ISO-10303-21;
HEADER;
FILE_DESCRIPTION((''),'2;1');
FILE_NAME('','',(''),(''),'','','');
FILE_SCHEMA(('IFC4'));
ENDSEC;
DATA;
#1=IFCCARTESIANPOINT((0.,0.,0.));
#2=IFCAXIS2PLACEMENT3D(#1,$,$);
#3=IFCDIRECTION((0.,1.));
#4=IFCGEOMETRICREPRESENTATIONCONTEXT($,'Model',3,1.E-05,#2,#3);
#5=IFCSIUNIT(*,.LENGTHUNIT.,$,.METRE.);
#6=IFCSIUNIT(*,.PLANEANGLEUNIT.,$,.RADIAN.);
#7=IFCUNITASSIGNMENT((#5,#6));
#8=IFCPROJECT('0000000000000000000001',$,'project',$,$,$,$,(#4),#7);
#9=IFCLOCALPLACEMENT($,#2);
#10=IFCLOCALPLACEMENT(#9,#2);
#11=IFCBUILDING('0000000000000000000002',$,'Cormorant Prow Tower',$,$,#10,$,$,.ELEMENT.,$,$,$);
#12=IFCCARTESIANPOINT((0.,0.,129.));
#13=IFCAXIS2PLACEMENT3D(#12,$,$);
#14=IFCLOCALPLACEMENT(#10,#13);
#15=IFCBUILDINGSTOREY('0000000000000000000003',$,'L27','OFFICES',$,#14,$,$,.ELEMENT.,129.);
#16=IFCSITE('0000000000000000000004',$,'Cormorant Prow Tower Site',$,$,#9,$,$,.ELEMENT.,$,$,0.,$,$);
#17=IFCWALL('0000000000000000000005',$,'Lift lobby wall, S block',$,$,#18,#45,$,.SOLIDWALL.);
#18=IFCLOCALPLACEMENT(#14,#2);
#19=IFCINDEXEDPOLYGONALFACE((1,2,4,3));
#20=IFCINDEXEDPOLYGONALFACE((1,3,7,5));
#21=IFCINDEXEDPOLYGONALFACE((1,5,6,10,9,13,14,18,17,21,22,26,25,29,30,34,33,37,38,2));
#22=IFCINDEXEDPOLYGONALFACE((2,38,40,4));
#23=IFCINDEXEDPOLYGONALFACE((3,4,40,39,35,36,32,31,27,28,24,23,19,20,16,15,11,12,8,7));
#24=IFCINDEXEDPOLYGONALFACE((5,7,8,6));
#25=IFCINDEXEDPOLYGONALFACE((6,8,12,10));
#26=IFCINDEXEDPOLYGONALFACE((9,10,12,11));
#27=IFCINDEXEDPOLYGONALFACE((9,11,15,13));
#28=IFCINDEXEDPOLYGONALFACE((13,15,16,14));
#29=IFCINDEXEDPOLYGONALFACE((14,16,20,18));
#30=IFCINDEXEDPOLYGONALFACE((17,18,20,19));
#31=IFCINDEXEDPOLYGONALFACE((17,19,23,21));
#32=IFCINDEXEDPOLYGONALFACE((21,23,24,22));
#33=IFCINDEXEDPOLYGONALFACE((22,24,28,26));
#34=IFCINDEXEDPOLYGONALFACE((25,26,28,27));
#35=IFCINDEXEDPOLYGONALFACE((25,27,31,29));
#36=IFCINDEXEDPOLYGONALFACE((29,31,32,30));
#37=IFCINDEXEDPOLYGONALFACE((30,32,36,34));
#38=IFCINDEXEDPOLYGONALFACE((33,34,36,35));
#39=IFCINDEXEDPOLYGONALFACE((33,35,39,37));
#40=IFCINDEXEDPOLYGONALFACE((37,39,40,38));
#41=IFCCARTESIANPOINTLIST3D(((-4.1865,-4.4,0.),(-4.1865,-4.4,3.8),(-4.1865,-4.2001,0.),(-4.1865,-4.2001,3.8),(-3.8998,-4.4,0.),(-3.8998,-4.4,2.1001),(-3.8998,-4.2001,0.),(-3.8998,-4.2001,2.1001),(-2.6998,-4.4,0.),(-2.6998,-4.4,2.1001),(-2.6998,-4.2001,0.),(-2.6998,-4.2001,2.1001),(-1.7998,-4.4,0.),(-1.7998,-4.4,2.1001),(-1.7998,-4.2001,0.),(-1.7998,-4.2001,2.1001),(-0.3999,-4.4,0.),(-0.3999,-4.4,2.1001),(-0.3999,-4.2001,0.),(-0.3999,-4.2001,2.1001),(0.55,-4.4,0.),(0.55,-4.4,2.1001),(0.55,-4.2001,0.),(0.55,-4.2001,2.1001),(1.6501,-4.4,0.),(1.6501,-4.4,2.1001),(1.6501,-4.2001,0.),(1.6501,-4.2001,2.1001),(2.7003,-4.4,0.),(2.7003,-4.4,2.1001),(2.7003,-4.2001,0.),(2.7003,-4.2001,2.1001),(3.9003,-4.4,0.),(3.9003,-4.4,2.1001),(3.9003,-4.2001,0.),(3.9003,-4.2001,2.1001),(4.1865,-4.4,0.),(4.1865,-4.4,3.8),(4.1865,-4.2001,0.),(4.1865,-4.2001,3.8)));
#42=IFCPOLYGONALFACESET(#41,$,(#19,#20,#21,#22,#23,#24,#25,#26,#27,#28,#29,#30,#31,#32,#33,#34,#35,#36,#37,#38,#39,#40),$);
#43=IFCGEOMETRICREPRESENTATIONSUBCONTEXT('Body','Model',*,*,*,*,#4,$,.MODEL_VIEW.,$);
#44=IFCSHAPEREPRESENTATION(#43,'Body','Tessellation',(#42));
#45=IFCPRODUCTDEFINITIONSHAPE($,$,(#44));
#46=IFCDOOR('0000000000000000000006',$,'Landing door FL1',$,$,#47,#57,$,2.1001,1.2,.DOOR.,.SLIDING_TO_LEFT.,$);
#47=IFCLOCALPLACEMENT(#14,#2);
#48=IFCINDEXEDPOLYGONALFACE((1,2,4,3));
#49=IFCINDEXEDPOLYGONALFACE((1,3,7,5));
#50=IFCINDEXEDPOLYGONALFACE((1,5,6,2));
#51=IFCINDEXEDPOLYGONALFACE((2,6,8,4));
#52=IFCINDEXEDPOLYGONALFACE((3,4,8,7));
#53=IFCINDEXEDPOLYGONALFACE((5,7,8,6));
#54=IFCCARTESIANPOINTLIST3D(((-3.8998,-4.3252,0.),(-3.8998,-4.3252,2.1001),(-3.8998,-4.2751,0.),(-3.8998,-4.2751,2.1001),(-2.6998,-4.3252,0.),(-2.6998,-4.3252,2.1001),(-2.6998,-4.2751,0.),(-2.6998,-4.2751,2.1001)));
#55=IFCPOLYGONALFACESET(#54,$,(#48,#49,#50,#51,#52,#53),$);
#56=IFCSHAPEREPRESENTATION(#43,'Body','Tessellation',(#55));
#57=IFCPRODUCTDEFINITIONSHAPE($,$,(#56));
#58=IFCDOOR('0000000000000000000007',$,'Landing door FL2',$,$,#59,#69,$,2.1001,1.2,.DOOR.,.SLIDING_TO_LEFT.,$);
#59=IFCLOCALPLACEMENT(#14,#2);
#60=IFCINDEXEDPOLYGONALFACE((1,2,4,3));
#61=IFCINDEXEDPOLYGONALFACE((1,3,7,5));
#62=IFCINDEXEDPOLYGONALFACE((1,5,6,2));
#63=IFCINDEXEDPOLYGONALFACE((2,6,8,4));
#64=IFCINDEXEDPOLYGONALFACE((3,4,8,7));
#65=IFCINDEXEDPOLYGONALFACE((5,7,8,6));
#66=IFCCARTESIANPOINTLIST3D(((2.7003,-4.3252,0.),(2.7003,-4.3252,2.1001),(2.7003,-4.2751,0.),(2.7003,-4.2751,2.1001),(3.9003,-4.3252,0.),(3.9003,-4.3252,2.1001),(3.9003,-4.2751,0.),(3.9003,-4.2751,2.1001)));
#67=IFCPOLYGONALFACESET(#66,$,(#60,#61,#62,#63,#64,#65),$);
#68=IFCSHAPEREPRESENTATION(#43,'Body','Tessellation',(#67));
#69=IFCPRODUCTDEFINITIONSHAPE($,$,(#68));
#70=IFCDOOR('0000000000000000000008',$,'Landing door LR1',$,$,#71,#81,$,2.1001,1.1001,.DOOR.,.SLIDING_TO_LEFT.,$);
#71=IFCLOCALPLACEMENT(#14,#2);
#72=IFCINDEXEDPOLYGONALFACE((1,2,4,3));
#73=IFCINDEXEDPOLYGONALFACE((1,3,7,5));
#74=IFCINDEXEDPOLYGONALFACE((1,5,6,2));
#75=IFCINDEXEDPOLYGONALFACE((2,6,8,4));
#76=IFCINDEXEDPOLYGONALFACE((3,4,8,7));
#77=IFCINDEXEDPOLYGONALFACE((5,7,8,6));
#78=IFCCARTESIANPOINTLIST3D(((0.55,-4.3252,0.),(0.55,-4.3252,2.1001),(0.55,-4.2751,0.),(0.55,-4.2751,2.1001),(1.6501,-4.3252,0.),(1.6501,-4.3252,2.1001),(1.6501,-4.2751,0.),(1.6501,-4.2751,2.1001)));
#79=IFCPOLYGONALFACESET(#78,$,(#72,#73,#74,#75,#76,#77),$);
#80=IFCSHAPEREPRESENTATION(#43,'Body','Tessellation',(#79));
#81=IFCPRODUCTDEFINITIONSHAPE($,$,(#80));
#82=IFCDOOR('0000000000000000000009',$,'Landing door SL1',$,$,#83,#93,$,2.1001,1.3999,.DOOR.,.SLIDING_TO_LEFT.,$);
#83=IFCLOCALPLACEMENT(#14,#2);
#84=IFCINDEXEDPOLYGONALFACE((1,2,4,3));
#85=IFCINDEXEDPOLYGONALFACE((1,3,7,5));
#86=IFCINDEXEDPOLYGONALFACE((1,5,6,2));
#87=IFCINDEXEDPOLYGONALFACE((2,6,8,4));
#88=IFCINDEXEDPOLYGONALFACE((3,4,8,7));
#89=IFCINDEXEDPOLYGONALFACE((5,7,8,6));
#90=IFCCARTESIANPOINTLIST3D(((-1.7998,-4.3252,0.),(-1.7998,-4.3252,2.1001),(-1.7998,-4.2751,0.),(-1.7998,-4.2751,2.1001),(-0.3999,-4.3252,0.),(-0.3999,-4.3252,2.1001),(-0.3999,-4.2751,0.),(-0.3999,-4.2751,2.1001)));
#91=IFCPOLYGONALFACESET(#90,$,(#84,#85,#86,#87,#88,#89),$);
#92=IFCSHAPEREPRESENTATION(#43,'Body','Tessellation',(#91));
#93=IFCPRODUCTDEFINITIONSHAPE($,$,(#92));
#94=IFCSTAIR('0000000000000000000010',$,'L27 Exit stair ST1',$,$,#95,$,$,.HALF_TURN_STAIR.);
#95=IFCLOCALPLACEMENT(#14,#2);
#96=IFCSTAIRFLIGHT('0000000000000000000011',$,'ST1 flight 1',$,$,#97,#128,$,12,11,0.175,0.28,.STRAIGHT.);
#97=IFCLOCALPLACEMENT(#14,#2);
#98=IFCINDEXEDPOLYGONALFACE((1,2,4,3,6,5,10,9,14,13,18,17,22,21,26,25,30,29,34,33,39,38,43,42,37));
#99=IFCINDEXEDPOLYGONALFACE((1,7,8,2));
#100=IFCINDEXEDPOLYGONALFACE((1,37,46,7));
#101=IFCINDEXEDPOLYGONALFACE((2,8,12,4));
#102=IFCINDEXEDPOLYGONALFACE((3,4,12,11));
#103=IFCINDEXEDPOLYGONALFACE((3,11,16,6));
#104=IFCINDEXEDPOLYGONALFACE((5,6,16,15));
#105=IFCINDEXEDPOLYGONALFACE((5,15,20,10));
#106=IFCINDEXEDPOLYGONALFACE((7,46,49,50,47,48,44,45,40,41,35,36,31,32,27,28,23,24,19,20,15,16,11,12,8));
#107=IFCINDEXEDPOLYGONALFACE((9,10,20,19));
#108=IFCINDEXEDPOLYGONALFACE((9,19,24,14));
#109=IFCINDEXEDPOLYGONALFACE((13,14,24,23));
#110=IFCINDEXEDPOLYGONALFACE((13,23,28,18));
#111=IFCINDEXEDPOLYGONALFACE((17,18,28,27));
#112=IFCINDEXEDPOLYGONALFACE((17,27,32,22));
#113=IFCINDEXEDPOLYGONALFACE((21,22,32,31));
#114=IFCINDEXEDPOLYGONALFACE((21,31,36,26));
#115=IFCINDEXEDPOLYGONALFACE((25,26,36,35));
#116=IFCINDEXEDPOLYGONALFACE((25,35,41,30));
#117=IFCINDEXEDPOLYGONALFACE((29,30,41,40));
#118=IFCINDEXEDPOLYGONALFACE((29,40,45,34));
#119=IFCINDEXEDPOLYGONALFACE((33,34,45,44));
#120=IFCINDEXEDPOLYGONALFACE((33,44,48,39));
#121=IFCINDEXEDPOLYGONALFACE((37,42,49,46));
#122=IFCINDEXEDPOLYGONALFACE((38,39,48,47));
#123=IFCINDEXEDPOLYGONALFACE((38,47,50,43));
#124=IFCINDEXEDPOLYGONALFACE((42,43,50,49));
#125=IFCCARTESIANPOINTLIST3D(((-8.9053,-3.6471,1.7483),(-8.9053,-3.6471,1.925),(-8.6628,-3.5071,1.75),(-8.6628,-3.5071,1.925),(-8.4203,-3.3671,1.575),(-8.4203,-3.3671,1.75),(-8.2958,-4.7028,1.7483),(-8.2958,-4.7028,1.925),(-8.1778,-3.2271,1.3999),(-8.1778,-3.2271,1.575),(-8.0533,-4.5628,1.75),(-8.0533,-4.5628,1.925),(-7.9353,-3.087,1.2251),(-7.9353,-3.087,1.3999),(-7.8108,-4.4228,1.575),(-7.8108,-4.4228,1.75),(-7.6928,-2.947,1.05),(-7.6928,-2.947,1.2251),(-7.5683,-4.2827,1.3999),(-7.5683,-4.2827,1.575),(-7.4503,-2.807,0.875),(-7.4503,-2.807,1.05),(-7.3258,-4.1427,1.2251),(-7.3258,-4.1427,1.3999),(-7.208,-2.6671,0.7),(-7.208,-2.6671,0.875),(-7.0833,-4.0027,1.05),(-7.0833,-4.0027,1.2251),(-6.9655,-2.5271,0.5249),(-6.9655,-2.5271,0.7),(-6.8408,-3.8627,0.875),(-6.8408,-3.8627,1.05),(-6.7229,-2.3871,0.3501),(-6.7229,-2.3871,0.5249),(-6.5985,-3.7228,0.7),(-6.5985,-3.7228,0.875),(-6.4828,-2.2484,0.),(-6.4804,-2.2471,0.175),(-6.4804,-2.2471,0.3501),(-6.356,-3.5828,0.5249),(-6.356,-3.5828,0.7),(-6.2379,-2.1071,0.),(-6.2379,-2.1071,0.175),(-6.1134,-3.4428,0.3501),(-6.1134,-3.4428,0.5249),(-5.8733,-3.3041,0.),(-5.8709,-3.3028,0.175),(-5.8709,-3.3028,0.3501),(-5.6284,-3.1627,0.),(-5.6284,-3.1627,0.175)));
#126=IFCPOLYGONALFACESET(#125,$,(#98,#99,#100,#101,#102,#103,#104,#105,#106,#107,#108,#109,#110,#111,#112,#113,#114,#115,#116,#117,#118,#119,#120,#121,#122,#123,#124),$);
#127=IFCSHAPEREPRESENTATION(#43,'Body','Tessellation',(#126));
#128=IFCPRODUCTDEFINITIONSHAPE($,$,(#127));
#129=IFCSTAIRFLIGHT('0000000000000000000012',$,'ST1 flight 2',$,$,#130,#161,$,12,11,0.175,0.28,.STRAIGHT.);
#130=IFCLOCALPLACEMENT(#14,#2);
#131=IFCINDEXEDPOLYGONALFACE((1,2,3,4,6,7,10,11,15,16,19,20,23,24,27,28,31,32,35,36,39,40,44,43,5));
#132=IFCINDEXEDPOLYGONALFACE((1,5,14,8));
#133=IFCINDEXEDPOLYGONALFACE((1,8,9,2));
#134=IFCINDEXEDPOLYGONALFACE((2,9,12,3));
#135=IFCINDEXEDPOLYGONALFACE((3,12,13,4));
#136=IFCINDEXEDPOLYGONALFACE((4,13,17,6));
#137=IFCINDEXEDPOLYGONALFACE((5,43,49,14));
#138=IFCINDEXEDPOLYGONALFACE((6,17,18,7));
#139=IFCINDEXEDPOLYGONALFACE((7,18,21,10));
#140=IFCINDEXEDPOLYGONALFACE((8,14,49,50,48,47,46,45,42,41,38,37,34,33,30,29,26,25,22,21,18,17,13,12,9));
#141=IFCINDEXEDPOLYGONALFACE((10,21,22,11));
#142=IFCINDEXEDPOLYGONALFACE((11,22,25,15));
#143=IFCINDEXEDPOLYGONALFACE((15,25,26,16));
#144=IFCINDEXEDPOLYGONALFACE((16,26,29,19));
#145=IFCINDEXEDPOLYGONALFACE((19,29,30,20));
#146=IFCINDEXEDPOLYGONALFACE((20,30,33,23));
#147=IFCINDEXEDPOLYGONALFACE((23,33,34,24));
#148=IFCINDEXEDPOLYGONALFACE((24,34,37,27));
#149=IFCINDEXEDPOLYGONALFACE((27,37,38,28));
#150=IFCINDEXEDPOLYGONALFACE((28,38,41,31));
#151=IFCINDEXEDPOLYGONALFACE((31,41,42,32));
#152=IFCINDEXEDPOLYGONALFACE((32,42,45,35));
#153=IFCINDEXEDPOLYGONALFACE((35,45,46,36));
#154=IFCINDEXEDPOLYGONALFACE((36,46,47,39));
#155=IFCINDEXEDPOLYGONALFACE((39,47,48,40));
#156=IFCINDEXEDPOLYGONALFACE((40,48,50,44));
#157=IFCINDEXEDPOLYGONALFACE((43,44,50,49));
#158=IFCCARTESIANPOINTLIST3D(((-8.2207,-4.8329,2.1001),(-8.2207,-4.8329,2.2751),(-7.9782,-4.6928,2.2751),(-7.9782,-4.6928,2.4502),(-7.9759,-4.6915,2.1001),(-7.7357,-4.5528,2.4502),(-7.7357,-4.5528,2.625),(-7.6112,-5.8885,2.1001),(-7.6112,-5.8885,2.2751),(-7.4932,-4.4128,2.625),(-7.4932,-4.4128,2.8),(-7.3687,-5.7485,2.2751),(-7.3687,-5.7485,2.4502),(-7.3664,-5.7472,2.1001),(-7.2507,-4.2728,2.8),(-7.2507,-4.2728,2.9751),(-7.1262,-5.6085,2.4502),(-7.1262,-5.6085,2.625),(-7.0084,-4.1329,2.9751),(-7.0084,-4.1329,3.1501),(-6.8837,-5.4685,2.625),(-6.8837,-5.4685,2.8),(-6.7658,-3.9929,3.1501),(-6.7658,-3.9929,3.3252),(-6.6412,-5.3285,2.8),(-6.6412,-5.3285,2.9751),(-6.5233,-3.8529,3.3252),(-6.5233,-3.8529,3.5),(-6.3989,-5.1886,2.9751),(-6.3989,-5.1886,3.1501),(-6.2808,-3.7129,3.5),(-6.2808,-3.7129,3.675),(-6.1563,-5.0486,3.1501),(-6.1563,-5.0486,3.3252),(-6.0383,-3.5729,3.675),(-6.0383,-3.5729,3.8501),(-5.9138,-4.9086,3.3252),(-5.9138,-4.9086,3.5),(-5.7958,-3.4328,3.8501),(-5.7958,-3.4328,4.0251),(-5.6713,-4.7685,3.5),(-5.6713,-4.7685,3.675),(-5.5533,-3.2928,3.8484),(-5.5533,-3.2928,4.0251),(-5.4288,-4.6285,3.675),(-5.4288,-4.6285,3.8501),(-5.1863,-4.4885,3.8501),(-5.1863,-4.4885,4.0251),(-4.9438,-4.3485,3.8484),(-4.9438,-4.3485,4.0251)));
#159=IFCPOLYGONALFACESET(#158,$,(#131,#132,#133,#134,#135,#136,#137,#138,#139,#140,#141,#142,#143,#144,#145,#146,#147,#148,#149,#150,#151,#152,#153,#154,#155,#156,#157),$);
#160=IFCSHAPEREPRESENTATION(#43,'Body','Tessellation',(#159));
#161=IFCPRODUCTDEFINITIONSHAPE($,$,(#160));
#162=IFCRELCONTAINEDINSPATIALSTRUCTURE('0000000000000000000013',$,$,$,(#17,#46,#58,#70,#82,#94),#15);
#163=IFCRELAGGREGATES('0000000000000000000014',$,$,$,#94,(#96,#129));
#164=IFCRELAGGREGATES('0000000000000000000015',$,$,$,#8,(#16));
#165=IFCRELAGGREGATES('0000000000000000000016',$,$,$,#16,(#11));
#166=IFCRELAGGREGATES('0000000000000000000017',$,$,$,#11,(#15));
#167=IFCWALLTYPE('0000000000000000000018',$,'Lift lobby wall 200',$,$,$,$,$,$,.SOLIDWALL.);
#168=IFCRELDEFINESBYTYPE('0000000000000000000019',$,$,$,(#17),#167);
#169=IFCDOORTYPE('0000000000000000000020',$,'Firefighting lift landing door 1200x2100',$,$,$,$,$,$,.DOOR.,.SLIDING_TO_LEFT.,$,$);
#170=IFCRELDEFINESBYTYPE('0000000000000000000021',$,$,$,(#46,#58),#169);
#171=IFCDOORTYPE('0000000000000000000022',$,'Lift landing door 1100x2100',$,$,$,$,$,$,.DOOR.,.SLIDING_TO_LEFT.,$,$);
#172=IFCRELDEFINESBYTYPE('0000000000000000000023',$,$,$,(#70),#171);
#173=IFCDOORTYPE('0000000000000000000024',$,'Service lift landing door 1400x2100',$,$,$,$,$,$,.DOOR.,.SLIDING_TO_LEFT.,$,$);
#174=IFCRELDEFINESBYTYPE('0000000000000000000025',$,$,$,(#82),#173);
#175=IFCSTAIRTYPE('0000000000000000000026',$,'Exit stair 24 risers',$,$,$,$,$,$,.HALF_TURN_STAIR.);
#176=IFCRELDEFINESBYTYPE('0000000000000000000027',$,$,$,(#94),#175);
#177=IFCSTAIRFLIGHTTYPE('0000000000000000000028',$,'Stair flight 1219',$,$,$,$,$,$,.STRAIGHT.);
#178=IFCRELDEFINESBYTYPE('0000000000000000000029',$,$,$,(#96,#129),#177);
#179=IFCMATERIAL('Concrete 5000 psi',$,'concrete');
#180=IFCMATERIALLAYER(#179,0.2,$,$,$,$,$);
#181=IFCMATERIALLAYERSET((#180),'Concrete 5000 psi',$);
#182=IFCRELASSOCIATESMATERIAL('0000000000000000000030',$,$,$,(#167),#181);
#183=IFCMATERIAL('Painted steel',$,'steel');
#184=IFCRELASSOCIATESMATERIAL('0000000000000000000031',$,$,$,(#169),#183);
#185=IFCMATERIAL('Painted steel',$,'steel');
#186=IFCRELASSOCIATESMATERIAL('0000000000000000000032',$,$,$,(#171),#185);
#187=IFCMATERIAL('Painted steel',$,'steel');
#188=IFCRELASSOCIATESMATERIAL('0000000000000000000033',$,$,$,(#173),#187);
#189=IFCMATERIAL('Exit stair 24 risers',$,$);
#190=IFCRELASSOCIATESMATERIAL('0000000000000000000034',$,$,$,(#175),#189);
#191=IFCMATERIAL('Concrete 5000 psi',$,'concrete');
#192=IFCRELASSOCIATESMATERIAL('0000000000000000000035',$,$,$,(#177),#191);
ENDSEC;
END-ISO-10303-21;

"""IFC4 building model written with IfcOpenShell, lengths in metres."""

from ifc_helpers import new_model, si_unit, direction, frame, frame_2d, origin, place, context, subcontext, project, spatial, polyline, rectangle, outline, extrude, material, layer, layer_set, type_object, element, fill, aggregate, save


model = new_model("IFC4")

# Units and contexts
model_context = context("Model", 3, precision=1e-05, world=origin(), true_north=direction((0.0, 1.0)))
body_context = subcontext(model_context, "Body", "Model", "MODEL_VIEW")
ifc_project = project(units=[si_unit("LENGTHUNIT", "METRE"), si_unit("PLANEANGLEUNIT", "RADIAN")], contexts=[model_context])

# Site, building, storey
site_placement = place(None, origin())
site = spatial("IfcSite", under=ifc_project, at=site_placement, Name="Cormorant Prow Tower Site", CompositionType="ELEMENT", RefElevation=0.0)
building_placement = place(site_placement, origin())
building = spatial("IfcBuilding", under=site, at=building_placement, Name="Cormorant Prow Tower", CompositionType="ELEMENT")
storey_placement = place(building_placement, frame((0.0, 0.0, 129.0)))
storey = spatial("IfcBuildingStorey", under=building, at=storey_placement, Name="L27", Description="OFFICES", CompositionType="ELEMENT", Elevation=129.0)

# Wall, openings, doors
ifc_material_1 = material(Name="Concrete 5000 psi", Category="concrete")
ifc_layer_1 = layer(ifc_material_1, 0.2)
ifc_layer_set_1 = layer_set([ifc_layer_1], Name="Concrete 5000 psi")
wall_type_1 = type_object("IfcWallType", Name="Lift lobby wall 200", PredefinedType="SOLIDWALL", material=ifc_layer_set_1)
wall_1_placement = place(storey_placement, frame((-4.1865, -4.3, 0.0), z_axis=(0.0, 0.0, 1.0), x_axis=(1.0, 0.0, 0.0)))
wall_1 = element("IfcWall", 1, at=wall_1_placement, inside=storey, type_object=wall_type_1, Name="Lift lobby wall, S block", PredefinedType="SOLIDWALL", context=body_context, shape_type="SweptSolid", body=[
    extrude(rectangle(XDim=8.373, YDim=0.2, at=frame_2d((4.1865, 0.0))), origin(), (0.0, 0.0, 1.0), 3.8),
])
opening_1_placement = place(wall_1_placement, frame((0.2866, 0.0, 0.0)))
opening_1 = element("IfcOpeningElement", 2, at=opening_1_placement, cuts=wall_1, PredefinedType="OPENING", context=body_context, shape_type="SweptSolid", body=[
    extrude(rectangle(XDim=1.2, YDim=2.1001, at=frame_2d((0.6001, 1.05))), frame((0.0, 0.1099, 0.0), z_axis=(0.0, -1.0, 0.0), x_axis=(1.0, 0.0, 0.0)), (0.0, 0.0, 1.0), 0.22),
])
opening_2_placement = place(wall_1_placement, frame((2.3867, 0.0, 0.0)))
opening_2 = element("IfcOpeningElement", 3, at=opening_2_placement, cuts=wall_1, PredefinedType="OPENING", context=body_context, shape_type="SweptSolid", body=[
    extrude(rectangle(XDim=1.3999, YDim=2.1001, at=frame_2d((0.7, 1.05))), frame((0.0, 0.1099, 0.0), z_axis=(0.0, -1.0, 0.0), x_axis=(1.0, 0.0, 0.0)), (0.0, 0.0, 1.0), 0.22),
])
opening_3_placement = place(wall_1_placement, frame((4.7366, 0.0, 0.0)))
opening_3 = element("IfcOpeningElement", 4, at=opening_3_placement, cuts=wall_1, PredefinedType="OPENING", context=body_context, shape_type="SweptSolid", body=[
    extrude(rectangle(XDim=1.1001, YDim=2.1001, at=frame_2d((0.55, 1.05))), frame((0.0, 0.1099, 0.0), z_axis=(0.0, -1.0, 0.0), x_axis=(1.0, 0.0, 0.0)), (0.0, 0.0, 1.0), 0.22),
])
opening_4_placement = place(wall_1_placement, frame((6.8867, 0.0, 0.0)))
opening_4 = element("IfcOpeningElement", 5, at=opening_4_placement, cuts=wall_1, PredefinedType="OPENING", context=body_context, shape_type="SweptSolid", body=[
    extrude(rectangle(XDim=1.2, YDim=2.1001, at=frame_2d((0.6001, 1.05))), frame((0.0, 0.1099, 0.0), z_axis=(0.0, -1.0, 0.0), x_axis=(1.0, 0.0, 0.0)), (0.0, 0.0, 1.0), 0.22),
])
ifc_material_2 = material(Name="Painted steel", Category="steel")
door_type_1 = type_object("IfcDoorType", Name="Firefighting lift landing door 1200x2100", OperationType="SLIDING_TO_LEFT", PredefinedType="DOOR", material=ifc_material_2)
door_1_placement = place(opening_1_placement, origin())
door_1 = element("IfcDoor", 6, at=door_1_placement, inside=storey, type_object=door_type_1, Name="Landing door FL1", OperationType="SLIDING_TO_LEFT", OverallHeight=2.1001, OverallWidth=1.2, PredefinedType="DOOR", context=body_context, shape_type="SweptSolid", body=[
    extrude(rectangle(XDim=1.2, YDim=2.1001, at=frame_2d((0.6001, 1.05))), frame((0.0, 0.0249, 0.0), z_axis=(0.0, -1.0, 0.0), x_axis=(1.0, 0.0, 0.0)), (0.0, 0.0, 1.0), 0.05),
])
fill(opening_1, door_1)
door_2_placement = place(opening_4_placement, origin())
door_2 = element("IfcDoor", 7, at=door_2_placement, inside=storey, type_object=door_type_1, Name="Landing door FL2", OperationType="SLIDING_TO_LEFT", OverallHeight=2.1001, OverallWidth=1.2, PredefinedType="DOOR", context=body_context, shape_type="SweptSolid", body=[
    extrude(rectangle(XDim=1.2, YDim=2.1001, at=frame_2d((0.6001, 1.05))), frame((0.0, 0.0249, 0.0), z_axis=(0.0, -1.0, 0.0), x_axis=(1.0, 0.0, 0.0)), (0.0, 0.0, 1.0), 0.05),
])
fill(opening_4, door_2)
ifc_material_3 = material(Name="Painted steel", Category="steel")
door_type_2 = type_object("IfcDoorType", Name="Lift landing door 1100x2100", OperationType="SLIDING_TO_LEFT", PredefinedType="DOOR", material=ifc_material_3)
door_3_placement = place(opening_3_placement, origin())
door_3 = element("IfcDoor", 8, at=door_3_placement, inside=storey, type_object=door_type_2, Name="Landing door LR1", OperationType="SLIDING_TO_LEFT", OverallHeight=2.1001, OverallWidth=1.1001, PredefinedType="DOOR", context=body_context, shape_type="SweptSolid", body=[
    extrude(rectangle(XDim=1.1001, YDim=2.1001, at=frame_2d((0.55, 1.05))), frame((0.0, 0.0249, 0.0), z_axis=(0.0, -1.0, 0.0), x_axis=(1.0, 0.0, 0.0)), (0.0, 0.0, 1.0), 0.05),
])
fill(opening_3, door_3)
ifc_material_4 = material(Name="Painted steel", Category="steel")
door_type_3 = type_object("IfcDoorType", Name="Service lift landing door 1400x2100", OperationType="SLIDING_TO_LEFT", PredefinedType="DOOR", material=ifc_material_4)
door_4_placement = place(opening_2_placement, origin())
door_4 = element("IfcDoor", 9, at=door_4_placement, inside=storey, type_object=door_type_3, Name="Landing door SL1", OperationType="SLIDING_TO_LEFT", OverallHeight=2.1001, OverallWidth=1.3999, PredefinedType="DOOR", context=body_context, shape_type="SweptSolid", body=[
    extrude(rectangle(XDim=1.3999, YDim=2.1001, at=frame_2d((0.7, 1.05))), frame((0.0, 0.0249, 0.0), z_axis=(0.0, -1.0, 0.0), x_axis=(1.0, 0.0, 0.0)), (0.0, 0.0, 1.0), 0.05),
])
fill(opening_2, door_4)

# Stair, stair flights
ifc_material_5 = material(Name="Exit stair 24 risers")
stair_type = type_object("IfcStairType", Name="Exit stair 24 risers", PredefinedType="HALF_TURN_STAIR", material=ifc_material_5)
stair_placement = place(storey_placement, origin())
stair = element("IfcStair", 10, at=stair_placement, inside=storey, type_object=stair_type, Name="L27 Exit stair ST1", PredefinedType="HALF_TURN_STAIR")
ifc_material_6 = material(Name="Concrete 5000 psi", Category="concrete")
stair_flight_type = type_object("IfcStairFlightType", Name="Stair flight 1219", PredefinedType="STRAIGHT", material=ifc_material_6)
stair_flight_1_placement = place(storey_placement, frame((-5.9331, -2.635, 0.0), z_axis=(0.0, 0.0, 1.0), x_axis=(-0.866025, -0.5, 0.0)))
stair_flight_1 = element("IfcStairFlight", 11, at=stair_flight_1_placement, type_object=stair_flight_type, Name="ST1 flight 1", NumberOfRisers=12, NumberOfTreads=11, PredefinedType="STRAIGHT", RiserHeight=0.175, TreadLength=0.28, context=body_context, shape_type="SweptSolid", body=[
    extrude(outline(polyline([(0.0, 0.0), (0.0, 0.175), (0.28, 0.175), (0.28, 0.3501), (0.5601, 0.3501), (0.5601, 0.5249), (0.8401, 0.5249), (0.8401, 0.7), (1.1201, 0.7), (1.1201, 0.875), (1.3999, 0.875), (1.3999, 1.05), (1.6799, 1.05), (1.6799, 1.2251), (1.96, 1.2251), (1.96, 1.3999), (2.24, 1.3999), (2.24, 1.575), (2.52, 1.575), (2.52, 1.75), (2.8, 1.75), (2.8, 1.925), (3.0801, 1.925), (3.0801, 2.1001), (3.0801, 1.7483), (0.2827, 0.0), (0.0, 0.0)])), frame((0.0, 0.6094, 0.0), z_axis=(0.0, -1.0, 0.0), x_axis=(1.0, 0.0, 0.0)), (0.0, 0.0, 1.0), 1.219),
])
stair_flight_2_placement = place(storey_placement, frame((-7.916, -5.3606, 2.1001), z_axis=(0.0, 0.0, 1.0), x_axis=(0.866025, 0.5, 0.0)))
stair_flight_2 = element("IfcStairFlight", 12, at=stair_flight_2_placement, type_object=stair_flight_type, Name="ST1 flight 2", NumberOfRisers=12, NumberOfTreads=11, PredefinedType="STRAIGHT", RiserHeight=0.175, TreadLength=0.28, context=body_context, shape_type="SweptSolid", body=[
    extrude(outline(polyline([(0.0, 0.0), (0.0, 0.175), (0.28, 0.175), (0.28, 0.3501), (0.5601, 0.3501), (0.5601, 0.5249), (0.8401, 0.5249), (0.8401, 0.7), (1.1201, 0.7), (1.1201, 0.875), (1.3999, 0.875), (1.3999, 1.05), (1.6799, 1.05), (1.6799, 1.2251), (1.96, 1.2251), (1.96, 1.3999), (2.24, 1.3999), (2.24, 1.575), (2.52, 1.575), (2.52, 1.75), (2.8, 1.75), (2.8, 1.925), (3.0801, 1.925), (3.0801, 2.1001), (3.0801, 1.7483), (0.2827, 0.0), (0.0, 0.0)])), frame((0.0, 0.6094, 0.0), z_axis=(0.0, -1.0, 0.0), x_axis=(1.0, 0.0, 0.0)), (0.0, 0.0, 1.0), 1.219),
])
aggregate(stair, [stair_flight_1, stair_flight_2])

save(model, "model.ifc")
